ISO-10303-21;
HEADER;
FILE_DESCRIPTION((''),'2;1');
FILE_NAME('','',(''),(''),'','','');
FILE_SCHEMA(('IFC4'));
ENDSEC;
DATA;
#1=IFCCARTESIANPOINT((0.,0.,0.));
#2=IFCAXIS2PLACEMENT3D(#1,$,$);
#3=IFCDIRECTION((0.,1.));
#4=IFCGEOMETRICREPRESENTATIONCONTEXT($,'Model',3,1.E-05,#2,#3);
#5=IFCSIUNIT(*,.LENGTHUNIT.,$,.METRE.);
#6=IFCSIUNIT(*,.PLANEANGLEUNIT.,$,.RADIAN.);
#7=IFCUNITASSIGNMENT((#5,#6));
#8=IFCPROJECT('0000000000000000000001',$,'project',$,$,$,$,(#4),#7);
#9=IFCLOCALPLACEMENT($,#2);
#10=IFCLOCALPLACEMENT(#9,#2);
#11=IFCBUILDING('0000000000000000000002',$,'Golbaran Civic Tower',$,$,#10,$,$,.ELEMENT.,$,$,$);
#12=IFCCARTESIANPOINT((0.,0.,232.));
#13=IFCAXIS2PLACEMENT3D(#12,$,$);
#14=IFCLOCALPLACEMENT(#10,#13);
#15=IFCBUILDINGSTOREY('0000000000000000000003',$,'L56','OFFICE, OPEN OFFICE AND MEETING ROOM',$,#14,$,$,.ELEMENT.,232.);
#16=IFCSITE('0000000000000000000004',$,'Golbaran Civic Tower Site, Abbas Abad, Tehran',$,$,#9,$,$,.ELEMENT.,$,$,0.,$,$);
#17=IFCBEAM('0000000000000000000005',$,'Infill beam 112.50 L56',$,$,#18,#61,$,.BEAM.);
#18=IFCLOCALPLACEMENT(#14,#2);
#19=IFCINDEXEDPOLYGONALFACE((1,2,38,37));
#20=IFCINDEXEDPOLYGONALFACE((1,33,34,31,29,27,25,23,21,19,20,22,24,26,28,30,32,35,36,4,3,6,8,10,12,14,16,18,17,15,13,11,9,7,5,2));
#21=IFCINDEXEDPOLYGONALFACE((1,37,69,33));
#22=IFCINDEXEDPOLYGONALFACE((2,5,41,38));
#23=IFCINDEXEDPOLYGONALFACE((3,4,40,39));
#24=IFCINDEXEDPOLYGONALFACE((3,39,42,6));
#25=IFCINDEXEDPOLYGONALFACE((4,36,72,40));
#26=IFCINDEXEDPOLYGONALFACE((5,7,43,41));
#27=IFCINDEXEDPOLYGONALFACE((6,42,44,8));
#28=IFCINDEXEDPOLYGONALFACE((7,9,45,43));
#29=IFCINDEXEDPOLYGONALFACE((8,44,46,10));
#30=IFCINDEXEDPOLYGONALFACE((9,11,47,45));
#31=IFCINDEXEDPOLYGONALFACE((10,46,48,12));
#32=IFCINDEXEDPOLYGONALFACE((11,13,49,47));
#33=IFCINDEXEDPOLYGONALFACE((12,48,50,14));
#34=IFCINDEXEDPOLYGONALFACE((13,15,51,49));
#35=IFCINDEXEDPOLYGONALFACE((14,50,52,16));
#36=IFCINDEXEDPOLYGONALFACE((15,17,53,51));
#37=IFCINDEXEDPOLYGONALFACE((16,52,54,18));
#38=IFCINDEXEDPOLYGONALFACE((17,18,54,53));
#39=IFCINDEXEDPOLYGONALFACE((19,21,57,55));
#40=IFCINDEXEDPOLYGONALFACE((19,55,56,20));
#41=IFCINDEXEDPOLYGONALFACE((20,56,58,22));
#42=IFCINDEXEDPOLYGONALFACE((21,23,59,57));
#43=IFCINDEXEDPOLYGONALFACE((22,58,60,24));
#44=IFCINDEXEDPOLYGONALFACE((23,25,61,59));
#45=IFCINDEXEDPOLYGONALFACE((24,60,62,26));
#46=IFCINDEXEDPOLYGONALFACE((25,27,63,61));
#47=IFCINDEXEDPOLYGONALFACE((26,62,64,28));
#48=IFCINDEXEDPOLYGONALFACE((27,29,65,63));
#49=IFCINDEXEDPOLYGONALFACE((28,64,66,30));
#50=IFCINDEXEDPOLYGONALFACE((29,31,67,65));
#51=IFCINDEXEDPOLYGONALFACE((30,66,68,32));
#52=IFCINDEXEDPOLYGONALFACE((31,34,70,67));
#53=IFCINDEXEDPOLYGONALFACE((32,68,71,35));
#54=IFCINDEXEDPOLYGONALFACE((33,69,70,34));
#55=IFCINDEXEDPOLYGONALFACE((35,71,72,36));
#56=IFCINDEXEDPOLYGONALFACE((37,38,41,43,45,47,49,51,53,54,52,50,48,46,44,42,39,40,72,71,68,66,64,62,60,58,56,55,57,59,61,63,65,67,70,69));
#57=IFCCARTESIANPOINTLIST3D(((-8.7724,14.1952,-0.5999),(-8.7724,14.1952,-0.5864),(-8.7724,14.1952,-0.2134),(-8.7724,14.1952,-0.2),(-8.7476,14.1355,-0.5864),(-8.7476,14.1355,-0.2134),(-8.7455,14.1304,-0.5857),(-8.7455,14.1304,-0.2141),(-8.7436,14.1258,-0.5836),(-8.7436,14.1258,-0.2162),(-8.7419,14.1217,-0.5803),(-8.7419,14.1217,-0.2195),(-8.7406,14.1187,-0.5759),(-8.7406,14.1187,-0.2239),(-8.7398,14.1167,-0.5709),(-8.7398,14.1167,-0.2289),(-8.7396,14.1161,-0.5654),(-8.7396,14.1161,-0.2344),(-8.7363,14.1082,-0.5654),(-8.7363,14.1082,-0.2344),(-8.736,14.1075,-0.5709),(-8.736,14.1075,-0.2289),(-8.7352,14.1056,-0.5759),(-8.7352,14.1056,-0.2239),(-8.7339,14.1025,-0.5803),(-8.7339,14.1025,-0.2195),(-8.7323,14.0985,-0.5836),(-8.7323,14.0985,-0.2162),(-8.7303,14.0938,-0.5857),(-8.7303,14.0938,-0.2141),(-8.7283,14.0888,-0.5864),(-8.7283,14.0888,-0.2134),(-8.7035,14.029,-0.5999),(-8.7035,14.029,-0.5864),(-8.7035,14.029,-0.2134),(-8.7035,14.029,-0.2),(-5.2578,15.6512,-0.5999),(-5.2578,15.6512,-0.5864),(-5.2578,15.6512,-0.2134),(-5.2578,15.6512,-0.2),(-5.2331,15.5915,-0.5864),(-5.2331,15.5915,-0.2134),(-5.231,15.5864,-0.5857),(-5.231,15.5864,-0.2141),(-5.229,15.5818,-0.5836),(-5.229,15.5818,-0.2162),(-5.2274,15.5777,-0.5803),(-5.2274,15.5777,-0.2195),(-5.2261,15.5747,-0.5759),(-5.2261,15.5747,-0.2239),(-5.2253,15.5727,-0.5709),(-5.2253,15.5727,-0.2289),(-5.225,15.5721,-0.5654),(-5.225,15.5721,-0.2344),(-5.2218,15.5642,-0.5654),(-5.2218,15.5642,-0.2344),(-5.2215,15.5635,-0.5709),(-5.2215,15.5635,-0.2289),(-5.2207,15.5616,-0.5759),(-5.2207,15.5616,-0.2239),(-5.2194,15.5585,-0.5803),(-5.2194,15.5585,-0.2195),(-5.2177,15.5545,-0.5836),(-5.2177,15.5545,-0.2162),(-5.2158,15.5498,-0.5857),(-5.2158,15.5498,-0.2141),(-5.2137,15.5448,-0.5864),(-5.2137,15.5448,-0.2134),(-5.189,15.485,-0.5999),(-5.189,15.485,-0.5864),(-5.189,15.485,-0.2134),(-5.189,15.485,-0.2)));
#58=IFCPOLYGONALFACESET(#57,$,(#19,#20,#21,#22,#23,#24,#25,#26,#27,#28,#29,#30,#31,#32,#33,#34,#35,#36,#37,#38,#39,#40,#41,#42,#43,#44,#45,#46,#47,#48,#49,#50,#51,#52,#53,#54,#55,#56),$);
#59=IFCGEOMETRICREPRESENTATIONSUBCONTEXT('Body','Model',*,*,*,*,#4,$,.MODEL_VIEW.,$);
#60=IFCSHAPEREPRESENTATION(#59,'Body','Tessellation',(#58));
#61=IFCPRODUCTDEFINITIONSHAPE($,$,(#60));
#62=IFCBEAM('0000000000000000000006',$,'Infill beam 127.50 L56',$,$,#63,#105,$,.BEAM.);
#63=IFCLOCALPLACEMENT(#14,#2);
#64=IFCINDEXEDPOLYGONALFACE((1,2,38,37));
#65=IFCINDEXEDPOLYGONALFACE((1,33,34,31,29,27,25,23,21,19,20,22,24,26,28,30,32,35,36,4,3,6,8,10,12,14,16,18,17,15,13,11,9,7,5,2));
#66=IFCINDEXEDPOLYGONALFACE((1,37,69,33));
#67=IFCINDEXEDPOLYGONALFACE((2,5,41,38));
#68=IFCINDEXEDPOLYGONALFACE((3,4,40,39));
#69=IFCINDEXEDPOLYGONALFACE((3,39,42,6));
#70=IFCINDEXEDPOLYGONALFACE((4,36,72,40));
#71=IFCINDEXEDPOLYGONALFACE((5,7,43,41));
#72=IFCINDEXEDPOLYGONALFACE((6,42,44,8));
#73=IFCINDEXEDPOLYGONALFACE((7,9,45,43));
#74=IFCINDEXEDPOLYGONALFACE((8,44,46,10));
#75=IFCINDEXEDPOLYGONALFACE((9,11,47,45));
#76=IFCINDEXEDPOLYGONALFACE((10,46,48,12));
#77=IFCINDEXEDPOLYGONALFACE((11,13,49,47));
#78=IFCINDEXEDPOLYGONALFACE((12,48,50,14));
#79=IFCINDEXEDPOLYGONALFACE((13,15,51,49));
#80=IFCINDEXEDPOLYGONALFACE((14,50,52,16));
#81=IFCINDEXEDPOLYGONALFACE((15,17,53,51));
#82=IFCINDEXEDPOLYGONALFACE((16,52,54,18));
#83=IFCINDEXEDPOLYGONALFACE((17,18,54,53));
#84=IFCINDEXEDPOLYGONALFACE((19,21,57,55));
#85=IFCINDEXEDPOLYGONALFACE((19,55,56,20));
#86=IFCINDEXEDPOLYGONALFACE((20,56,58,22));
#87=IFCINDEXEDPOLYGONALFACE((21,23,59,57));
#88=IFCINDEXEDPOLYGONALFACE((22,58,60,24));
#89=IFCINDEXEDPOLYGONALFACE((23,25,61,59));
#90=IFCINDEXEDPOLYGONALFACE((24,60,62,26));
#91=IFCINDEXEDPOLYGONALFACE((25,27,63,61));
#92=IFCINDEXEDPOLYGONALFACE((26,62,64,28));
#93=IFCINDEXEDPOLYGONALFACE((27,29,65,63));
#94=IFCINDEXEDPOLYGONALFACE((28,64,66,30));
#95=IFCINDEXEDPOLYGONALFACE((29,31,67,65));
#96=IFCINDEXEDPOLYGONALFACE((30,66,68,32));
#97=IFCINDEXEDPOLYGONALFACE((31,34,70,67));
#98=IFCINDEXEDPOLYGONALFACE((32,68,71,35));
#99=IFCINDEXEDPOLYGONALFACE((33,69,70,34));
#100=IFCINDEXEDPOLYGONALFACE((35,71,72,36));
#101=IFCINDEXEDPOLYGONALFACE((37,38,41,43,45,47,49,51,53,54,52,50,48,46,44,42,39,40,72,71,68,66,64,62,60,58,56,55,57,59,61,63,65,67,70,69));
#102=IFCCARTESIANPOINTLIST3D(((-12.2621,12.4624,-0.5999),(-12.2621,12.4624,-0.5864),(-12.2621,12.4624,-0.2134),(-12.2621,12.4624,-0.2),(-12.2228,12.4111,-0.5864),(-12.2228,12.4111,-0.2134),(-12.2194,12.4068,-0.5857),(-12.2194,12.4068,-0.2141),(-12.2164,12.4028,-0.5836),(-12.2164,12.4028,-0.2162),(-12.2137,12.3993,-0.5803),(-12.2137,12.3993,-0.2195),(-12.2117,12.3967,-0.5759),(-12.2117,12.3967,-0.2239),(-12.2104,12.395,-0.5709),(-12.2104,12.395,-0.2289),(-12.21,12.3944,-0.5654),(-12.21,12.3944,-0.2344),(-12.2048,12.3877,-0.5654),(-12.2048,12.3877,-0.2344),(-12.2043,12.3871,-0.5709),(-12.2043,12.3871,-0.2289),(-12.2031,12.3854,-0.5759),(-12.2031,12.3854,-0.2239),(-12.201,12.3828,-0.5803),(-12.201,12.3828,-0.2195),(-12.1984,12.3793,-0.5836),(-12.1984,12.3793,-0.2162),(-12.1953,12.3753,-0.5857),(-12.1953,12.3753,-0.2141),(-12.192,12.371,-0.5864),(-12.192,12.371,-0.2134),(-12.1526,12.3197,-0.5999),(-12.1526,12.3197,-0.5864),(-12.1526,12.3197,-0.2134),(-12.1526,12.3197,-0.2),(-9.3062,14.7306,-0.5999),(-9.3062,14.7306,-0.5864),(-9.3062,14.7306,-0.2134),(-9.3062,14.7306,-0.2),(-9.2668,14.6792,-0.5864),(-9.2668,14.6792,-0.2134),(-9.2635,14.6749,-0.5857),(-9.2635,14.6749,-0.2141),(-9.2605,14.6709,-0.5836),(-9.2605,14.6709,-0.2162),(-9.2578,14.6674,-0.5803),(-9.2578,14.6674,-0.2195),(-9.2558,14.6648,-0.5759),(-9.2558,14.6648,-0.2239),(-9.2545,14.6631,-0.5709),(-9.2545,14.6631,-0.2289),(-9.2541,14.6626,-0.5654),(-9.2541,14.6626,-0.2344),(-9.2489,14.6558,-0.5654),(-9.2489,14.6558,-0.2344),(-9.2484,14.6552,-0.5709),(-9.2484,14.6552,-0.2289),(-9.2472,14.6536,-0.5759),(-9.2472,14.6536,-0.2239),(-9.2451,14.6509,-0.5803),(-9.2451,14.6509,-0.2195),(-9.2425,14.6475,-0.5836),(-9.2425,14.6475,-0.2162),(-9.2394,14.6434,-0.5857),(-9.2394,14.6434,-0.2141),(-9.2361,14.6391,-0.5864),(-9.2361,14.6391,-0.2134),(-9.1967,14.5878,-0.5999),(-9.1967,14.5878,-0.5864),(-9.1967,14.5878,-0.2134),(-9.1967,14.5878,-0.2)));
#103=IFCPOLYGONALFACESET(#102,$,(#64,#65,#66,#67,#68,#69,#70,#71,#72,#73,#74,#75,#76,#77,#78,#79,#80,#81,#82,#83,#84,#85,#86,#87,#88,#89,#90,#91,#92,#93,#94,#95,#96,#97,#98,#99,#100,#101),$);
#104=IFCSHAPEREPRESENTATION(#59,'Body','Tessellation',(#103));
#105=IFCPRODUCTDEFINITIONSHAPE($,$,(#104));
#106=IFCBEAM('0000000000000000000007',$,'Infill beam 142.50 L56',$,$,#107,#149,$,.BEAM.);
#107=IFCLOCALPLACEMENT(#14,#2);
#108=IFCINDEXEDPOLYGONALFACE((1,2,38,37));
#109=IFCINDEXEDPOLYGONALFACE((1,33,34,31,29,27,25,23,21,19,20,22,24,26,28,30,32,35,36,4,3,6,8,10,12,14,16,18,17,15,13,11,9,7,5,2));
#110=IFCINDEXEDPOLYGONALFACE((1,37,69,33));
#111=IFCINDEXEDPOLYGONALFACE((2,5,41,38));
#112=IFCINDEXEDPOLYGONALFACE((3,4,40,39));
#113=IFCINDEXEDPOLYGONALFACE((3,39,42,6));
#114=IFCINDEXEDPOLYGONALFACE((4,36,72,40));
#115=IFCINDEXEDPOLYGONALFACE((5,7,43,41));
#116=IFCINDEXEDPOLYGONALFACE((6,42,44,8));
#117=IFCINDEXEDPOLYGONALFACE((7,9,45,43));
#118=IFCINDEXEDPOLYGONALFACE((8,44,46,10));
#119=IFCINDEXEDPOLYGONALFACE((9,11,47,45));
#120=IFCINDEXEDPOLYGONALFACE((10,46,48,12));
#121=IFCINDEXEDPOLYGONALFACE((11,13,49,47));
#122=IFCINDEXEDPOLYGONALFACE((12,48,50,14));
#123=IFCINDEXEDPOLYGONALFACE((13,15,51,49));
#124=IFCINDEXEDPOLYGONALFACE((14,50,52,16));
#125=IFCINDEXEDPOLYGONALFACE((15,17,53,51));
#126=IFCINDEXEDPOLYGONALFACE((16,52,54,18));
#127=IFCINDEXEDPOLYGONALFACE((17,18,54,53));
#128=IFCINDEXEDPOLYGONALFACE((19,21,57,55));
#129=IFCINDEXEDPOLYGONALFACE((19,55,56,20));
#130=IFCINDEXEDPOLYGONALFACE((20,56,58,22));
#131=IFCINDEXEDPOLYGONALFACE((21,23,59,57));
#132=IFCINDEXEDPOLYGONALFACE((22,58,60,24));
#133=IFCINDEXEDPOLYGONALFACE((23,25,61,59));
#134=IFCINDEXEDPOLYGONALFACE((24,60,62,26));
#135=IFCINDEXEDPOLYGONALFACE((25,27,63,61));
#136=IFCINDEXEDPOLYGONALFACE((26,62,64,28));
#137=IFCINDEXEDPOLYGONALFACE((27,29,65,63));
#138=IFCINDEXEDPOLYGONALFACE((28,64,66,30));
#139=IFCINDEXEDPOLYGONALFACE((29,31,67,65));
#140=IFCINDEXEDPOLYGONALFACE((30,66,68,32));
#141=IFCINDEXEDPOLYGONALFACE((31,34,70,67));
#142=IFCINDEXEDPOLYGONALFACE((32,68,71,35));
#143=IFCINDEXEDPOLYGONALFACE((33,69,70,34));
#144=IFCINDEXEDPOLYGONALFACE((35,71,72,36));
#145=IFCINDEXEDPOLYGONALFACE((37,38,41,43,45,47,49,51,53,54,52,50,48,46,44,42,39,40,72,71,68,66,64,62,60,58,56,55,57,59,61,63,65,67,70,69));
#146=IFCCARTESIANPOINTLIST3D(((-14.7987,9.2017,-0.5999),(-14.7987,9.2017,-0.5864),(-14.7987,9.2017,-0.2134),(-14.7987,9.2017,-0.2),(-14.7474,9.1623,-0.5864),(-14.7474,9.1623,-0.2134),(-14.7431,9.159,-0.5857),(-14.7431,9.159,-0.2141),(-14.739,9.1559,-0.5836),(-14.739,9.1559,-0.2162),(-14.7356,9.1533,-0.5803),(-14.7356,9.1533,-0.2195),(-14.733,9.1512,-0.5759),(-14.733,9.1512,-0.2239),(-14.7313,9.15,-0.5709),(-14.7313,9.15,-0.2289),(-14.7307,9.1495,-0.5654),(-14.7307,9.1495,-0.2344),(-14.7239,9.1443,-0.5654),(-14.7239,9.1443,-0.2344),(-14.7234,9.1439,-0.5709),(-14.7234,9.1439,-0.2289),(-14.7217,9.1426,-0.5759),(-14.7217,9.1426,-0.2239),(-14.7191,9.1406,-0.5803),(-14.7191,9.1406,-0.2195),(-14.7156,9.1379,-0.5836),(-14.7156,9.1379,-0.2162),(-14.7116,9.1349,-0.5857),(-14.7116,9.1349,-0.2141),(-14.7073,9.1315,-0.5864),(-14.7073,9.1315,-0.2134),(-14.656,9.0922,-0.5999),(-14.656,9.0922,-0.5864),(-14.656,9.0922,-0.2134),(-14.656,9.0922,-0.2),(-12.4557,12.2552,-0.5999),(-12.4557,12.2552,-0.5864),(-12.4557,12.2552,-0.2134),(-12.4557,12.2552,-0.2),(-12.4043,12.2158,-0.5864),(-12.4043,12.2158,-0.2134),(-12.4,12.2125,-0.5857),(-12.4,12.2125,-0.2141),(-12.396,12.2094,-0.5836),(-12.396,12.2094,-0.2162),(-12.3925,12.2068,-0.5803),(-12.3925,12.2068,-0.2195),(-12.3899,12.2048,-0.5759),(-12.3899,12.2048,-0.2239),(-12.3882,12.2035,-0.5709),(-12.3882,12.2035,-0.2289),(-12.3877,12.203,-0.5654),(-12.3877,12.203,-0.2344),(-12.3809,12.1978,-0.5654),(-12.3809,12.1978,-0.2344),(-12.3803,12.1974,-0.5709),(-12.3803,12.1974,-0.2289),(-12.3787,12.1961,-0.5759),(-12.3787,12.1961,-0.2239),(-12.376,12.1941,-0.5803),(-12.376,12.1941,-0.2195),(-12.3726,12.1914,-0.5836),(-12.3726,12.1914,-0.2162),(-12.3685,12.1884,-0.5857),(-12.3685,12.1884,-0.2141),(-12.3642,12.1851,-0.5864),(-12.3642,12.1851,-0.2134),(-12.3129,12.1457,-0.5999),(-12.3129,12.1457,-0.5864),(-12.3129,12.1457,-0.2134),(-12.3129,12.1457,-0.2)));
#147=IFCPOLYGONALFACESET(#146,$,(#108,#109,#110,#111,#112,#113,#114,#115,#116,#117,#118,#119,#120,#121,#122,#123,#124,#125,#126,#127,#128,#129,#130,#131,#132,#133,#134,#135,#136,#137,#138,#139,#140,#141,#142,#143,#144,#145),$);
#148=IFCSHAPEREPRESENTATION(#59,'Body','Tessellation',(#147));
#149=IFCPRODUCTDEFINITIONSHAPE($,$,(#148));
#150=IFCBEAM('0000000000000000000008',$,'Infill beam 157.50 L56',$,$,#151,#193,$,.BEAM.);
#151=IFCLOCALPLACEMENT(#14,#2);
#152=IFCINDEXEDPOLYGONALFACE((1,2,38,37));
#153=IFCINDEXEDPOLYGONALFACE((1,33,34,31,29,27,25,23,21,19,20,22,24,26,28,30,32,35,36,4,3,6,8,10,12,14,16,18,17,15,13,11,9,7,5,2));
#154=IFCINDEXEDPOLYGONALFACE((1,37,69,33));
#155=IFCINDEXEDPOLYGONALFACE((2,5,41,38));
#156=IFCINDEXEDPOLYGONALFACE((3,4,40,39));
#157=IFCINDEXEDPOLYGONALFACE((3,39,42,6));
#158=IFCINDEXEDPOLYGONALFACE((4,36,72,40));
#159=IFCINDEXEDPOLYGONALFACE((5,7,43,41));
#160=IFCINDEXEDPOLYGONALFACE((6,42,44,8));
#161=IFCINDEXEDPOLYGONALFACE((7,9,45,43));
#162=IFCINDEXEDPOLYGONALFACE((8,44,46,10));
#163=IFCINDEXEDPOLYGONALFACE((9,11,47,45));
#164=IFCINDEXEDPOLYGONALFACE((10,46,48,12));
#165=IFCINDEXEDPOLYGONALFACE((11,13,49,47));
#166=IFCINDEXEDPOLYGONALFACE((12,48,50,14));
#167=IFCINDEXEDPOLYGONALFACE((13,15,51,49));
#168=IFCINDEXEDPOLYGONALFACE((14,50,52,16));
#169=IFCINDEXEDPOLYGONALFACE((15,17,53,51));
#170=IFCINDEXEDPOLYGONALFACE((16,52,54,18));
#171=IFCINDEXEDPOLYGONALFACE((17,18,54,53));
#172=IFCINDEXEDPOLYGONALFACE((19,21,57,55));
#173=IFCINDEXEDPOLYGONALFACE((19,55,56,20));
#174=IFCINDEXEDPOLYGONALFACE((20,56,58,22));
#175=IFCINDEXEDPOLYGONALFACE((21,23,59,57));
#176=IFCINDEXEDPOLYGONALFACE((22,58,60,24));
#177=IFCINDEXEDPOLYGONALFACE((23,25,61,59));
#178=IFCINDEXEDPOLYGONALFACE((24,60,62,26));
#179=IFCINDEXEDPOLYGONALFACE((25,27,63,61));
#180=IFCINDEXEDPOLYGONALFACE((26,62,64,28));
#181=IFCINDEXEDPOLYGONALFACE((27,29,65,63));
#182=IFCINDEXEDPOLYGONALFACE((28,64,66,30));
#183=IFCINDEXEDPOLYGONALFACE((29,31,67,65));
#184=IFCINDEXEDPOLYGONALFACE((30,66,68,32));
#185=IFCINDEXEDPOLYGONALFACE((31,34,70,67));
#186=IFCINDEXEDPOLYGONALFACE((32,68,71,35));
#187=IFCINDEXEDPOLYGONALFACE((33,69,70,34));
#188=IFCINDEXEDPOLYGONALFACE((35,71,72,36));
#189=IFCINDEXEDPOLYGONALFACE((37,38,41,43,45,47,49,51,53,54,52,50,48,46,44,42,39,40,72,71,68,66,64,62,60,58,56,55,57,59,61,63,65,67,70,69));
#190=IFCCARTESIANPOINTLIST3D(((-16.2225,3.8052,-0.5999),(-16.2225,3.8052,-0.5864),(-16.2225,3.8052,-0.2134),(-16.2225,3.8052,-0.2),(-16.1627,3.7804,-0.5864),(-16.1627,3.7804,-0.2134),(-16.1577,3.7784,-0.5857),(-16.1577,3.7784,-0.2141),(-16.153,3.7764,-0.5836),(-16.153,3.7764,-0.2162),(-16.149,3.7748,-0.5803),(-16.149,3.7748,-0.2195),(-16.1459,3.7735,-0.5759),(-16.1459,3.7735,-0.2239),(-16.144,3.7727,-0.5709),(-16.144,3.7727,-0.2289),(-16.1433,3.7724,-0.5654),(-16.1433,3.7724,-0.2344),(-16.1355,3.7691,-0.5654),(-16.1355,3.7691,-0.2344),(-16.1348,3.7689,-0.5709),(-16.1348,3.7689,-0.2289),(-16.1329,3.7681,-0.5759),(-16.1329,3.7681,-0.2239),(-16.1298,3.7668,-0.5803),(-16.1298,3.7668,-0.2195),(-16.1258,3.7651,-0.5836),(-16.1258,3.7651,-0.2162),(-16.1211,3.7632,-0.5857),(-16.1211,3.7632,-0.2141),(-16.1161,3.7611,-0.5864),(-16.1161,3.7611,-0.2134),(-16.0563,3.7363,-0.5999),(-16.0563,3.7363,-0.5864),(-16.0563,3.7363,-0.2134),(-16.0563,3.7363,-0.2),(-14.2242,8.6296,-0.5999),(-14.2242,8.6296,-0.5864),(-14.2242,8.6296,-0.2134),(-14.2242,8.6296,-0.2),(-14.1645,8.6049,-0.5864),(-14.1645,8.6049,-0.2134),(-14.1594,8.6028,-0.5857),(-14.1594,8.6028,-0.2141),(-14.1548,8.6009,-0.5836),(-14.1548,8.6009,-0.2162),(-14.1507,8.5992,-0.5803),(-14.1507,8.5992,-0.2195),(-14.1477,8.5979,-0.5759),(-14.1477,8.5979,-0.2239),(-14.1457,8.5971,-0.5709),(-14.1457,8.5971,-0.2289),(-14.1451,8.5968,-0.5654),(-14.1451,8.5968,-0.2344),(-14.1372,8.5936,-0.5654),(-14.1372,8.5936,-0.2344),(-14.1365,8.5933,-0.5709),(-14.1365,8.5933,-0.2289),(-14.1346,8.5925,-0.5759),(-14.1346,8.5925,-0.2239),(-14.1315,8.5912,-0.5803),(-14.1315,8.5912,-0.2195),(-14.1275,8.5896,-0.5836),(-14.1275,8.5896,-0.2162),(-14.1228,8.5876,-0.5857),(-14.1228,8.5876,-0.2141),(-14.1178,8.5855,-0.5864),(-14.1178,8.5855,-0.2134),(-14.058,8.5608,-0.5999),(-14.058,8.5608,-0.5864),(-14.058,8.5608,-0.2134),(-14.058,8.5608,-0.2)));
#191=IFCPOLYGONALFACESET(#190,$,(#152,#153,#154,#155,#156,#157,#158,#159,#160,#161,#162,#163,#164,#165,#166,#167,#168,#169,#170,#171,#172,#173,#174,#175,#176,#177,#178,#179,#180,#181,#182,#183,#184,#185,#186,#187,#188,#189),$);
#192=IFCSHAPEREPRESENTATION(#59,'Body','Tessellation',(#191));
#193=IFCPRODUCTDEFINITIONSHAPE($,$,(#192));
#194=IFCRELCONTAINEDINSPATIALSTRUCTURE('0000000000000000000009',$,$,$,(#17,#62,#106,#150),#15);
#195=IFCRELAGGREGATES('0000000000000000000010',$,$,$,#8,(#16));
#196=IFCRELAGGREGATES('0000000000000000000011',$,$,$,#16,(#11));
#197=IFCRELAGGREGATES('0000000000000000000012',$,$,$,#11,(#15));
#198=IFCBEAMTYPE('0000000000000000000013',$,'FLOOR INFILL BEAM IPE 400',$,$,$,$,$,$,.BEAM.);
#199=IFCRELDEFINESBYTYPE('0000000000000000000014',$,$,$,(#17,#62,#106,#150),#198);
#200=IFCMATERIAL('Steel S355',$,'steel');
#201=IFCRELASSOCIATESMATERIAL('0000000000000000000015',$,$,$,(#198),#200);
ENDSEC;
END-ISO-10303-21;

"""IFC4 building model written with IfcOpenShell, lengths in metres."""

from ifc_helpers import new_model, si_unit, direction, frame, origin, origin_2d, place, context, subcontext, project, spatial, i_section, extrude, material, material_profile, profile_set, type_object, element, save


model = new_model("IFC4")

# Units and contexts
model_context = context("Model", 3, precision=1e-05, world=origin(), true_north=direction((0.0, 1.0)))
body_context = subcontext(model_context, "Body", "Model", "MODEL_VIEW")
ifc_project = project(units=[si_unit("LENGTHUNIT", "METRE"), si_unit("PLANEANGLEUNIT", "RADIAN")], contexts=[model_context])

# Site, building, storey
site_placement = place(None, origin())
site = spatial("IfcSite", under=ifc_project, at=site_placement, Name="Golbaran Civic Tower Site, Abbas Abad, Tehran", CompositionType="ELEMENT", RefElevation=0.0)
building_placement = place(site_placement, origin())
building = spatial("IfcBuilding", under=site, at=building_placement, Name="Golbaran Civic Tower", CompositionType="ELEMENT")
storey_placement = place(building_placement, frame((0.0, 0.0, 232.0)))
storey = spatial("IfcBuildingStorey", under=building, at=storey_placement, Name="L56", Description="OFFICE, OPEN OFFICE AND MEETING ROOM", CompositionType="ELEMENT", Elevation=232.0)

# Beams
ifc_material_1 = material(Name="Steel S355", Category="steel")
ifc_material_profile_1 = material_profile(ifc_material_1, i_section(OverallWidth=0.1799, OverallDepth=0.3999, WebThickness=0.0085, FlangeThickness=0.0134, FilletRadius=0.021, at=origin_2d()), Name="IPE 400")
ifc_profile_set_1 = profile_set([ifc_material_profile_1], Name="Steel S355")
beam_type_1 = type_object("IfcBeamType", Name="FLOOR INFILL BEAM IPE 400", PredefinedType="BEAM", material=ifc_profile_set_1)
beam_1_placement = place(storey_placement, frame((-5.2234, 15.5681, -0.3999), z_axis=(-0.923857, -0.382737, 0.0), x_axis=(0.382737, -0.923857, 0.0)))
element("IfcBeam", 1, at=beam_1_placement, inside=storey, type_object=beam_type_1, Name="Infill beam 112.50 L56", PredefinedType="BEAM", context=body_context, shape_type="SweptSolid", body=[
    extrude(i_section(OverallWidth=0.1799, OverallDepth=0.3999, WebThickness=0.0085, FlangeThickness=0.0134, FilletRadius=0.021, at=origin_2d()), origin(), (0.0, 0.0, 1.0), 3.8042),
])
beam_2_placement = place(storey_placement, frame((-9.2515, 14.6592, -0.3999), z_axis=(-0.793354, -0.60876, 0.0), x_axis=(0.60876, -0.793354, 0.0)))
element("IfcBeam", 2, at=beam_2_placement, inside=storey, type_object=beam_type_1, Name="Infill beam 127.50 L56", PredefinedType="BEAM", context=body_context, shape_type="SweptSolid", body=[
    extrude(i_section(OverallWidth=0.1799, OverallDepth=0.3999, WebThickness=0.0085, FlangeThickness=0.0134, FilletRadius=0.021, at=origin_2d()), origin(), (0.0, 0.0, 1.0), 3.7258),
])
beam_3_placement = place(storey_placement, frame((-12.3843, 12.2004, -0.3999), z_axis=(-0.608763, -0.793352, 0.0), x_axis=(0.793352, -0.608763, 0.0)))
element("IfcBeam", 3, at=beam_3_placement, inside=storey, type_object=beam_type_1, Name="Infill beam 142.50 L56", PredefinedType="BEAM", context=body_context, shape_type="SweptSolid", body=[
    extrude(i_section(OverallWidth=0.1799, OverallDepth=0.3999, WebThickness=0.0085, FlangeThickness=0.0134, FilletRadius=0.021, at=origin_2d()), origin(), (0.0, 0.0, 1.0), 3.8489),
])
beam_4_placement = place(storey_placement, frame((-14.1411, 8.5952, -0.3999), z_axis=(-0.382672, -0.923884, 0.0), x_axis=(0.923884, -0.382672, 0.0)))
element("IfcBeam", 4, at=beam_4_placement, inside=storey, type_object=beam_type_1, Name="Infill beam 157.50 L56", PredefinedType="BEAM", context=body_context, shape_type="SweptSolid", body=[
    extrude(i_section(OverallWidth=0.1799, OverallDepth=0.3999, WebThickness=0.0085, FlangeThickness=0.0134, FilletRadius=0.021, at=origin_2d()), origin(), (0.0, 0.0, 1.0), 5.2219),
])

save(model, "model.ifc")
